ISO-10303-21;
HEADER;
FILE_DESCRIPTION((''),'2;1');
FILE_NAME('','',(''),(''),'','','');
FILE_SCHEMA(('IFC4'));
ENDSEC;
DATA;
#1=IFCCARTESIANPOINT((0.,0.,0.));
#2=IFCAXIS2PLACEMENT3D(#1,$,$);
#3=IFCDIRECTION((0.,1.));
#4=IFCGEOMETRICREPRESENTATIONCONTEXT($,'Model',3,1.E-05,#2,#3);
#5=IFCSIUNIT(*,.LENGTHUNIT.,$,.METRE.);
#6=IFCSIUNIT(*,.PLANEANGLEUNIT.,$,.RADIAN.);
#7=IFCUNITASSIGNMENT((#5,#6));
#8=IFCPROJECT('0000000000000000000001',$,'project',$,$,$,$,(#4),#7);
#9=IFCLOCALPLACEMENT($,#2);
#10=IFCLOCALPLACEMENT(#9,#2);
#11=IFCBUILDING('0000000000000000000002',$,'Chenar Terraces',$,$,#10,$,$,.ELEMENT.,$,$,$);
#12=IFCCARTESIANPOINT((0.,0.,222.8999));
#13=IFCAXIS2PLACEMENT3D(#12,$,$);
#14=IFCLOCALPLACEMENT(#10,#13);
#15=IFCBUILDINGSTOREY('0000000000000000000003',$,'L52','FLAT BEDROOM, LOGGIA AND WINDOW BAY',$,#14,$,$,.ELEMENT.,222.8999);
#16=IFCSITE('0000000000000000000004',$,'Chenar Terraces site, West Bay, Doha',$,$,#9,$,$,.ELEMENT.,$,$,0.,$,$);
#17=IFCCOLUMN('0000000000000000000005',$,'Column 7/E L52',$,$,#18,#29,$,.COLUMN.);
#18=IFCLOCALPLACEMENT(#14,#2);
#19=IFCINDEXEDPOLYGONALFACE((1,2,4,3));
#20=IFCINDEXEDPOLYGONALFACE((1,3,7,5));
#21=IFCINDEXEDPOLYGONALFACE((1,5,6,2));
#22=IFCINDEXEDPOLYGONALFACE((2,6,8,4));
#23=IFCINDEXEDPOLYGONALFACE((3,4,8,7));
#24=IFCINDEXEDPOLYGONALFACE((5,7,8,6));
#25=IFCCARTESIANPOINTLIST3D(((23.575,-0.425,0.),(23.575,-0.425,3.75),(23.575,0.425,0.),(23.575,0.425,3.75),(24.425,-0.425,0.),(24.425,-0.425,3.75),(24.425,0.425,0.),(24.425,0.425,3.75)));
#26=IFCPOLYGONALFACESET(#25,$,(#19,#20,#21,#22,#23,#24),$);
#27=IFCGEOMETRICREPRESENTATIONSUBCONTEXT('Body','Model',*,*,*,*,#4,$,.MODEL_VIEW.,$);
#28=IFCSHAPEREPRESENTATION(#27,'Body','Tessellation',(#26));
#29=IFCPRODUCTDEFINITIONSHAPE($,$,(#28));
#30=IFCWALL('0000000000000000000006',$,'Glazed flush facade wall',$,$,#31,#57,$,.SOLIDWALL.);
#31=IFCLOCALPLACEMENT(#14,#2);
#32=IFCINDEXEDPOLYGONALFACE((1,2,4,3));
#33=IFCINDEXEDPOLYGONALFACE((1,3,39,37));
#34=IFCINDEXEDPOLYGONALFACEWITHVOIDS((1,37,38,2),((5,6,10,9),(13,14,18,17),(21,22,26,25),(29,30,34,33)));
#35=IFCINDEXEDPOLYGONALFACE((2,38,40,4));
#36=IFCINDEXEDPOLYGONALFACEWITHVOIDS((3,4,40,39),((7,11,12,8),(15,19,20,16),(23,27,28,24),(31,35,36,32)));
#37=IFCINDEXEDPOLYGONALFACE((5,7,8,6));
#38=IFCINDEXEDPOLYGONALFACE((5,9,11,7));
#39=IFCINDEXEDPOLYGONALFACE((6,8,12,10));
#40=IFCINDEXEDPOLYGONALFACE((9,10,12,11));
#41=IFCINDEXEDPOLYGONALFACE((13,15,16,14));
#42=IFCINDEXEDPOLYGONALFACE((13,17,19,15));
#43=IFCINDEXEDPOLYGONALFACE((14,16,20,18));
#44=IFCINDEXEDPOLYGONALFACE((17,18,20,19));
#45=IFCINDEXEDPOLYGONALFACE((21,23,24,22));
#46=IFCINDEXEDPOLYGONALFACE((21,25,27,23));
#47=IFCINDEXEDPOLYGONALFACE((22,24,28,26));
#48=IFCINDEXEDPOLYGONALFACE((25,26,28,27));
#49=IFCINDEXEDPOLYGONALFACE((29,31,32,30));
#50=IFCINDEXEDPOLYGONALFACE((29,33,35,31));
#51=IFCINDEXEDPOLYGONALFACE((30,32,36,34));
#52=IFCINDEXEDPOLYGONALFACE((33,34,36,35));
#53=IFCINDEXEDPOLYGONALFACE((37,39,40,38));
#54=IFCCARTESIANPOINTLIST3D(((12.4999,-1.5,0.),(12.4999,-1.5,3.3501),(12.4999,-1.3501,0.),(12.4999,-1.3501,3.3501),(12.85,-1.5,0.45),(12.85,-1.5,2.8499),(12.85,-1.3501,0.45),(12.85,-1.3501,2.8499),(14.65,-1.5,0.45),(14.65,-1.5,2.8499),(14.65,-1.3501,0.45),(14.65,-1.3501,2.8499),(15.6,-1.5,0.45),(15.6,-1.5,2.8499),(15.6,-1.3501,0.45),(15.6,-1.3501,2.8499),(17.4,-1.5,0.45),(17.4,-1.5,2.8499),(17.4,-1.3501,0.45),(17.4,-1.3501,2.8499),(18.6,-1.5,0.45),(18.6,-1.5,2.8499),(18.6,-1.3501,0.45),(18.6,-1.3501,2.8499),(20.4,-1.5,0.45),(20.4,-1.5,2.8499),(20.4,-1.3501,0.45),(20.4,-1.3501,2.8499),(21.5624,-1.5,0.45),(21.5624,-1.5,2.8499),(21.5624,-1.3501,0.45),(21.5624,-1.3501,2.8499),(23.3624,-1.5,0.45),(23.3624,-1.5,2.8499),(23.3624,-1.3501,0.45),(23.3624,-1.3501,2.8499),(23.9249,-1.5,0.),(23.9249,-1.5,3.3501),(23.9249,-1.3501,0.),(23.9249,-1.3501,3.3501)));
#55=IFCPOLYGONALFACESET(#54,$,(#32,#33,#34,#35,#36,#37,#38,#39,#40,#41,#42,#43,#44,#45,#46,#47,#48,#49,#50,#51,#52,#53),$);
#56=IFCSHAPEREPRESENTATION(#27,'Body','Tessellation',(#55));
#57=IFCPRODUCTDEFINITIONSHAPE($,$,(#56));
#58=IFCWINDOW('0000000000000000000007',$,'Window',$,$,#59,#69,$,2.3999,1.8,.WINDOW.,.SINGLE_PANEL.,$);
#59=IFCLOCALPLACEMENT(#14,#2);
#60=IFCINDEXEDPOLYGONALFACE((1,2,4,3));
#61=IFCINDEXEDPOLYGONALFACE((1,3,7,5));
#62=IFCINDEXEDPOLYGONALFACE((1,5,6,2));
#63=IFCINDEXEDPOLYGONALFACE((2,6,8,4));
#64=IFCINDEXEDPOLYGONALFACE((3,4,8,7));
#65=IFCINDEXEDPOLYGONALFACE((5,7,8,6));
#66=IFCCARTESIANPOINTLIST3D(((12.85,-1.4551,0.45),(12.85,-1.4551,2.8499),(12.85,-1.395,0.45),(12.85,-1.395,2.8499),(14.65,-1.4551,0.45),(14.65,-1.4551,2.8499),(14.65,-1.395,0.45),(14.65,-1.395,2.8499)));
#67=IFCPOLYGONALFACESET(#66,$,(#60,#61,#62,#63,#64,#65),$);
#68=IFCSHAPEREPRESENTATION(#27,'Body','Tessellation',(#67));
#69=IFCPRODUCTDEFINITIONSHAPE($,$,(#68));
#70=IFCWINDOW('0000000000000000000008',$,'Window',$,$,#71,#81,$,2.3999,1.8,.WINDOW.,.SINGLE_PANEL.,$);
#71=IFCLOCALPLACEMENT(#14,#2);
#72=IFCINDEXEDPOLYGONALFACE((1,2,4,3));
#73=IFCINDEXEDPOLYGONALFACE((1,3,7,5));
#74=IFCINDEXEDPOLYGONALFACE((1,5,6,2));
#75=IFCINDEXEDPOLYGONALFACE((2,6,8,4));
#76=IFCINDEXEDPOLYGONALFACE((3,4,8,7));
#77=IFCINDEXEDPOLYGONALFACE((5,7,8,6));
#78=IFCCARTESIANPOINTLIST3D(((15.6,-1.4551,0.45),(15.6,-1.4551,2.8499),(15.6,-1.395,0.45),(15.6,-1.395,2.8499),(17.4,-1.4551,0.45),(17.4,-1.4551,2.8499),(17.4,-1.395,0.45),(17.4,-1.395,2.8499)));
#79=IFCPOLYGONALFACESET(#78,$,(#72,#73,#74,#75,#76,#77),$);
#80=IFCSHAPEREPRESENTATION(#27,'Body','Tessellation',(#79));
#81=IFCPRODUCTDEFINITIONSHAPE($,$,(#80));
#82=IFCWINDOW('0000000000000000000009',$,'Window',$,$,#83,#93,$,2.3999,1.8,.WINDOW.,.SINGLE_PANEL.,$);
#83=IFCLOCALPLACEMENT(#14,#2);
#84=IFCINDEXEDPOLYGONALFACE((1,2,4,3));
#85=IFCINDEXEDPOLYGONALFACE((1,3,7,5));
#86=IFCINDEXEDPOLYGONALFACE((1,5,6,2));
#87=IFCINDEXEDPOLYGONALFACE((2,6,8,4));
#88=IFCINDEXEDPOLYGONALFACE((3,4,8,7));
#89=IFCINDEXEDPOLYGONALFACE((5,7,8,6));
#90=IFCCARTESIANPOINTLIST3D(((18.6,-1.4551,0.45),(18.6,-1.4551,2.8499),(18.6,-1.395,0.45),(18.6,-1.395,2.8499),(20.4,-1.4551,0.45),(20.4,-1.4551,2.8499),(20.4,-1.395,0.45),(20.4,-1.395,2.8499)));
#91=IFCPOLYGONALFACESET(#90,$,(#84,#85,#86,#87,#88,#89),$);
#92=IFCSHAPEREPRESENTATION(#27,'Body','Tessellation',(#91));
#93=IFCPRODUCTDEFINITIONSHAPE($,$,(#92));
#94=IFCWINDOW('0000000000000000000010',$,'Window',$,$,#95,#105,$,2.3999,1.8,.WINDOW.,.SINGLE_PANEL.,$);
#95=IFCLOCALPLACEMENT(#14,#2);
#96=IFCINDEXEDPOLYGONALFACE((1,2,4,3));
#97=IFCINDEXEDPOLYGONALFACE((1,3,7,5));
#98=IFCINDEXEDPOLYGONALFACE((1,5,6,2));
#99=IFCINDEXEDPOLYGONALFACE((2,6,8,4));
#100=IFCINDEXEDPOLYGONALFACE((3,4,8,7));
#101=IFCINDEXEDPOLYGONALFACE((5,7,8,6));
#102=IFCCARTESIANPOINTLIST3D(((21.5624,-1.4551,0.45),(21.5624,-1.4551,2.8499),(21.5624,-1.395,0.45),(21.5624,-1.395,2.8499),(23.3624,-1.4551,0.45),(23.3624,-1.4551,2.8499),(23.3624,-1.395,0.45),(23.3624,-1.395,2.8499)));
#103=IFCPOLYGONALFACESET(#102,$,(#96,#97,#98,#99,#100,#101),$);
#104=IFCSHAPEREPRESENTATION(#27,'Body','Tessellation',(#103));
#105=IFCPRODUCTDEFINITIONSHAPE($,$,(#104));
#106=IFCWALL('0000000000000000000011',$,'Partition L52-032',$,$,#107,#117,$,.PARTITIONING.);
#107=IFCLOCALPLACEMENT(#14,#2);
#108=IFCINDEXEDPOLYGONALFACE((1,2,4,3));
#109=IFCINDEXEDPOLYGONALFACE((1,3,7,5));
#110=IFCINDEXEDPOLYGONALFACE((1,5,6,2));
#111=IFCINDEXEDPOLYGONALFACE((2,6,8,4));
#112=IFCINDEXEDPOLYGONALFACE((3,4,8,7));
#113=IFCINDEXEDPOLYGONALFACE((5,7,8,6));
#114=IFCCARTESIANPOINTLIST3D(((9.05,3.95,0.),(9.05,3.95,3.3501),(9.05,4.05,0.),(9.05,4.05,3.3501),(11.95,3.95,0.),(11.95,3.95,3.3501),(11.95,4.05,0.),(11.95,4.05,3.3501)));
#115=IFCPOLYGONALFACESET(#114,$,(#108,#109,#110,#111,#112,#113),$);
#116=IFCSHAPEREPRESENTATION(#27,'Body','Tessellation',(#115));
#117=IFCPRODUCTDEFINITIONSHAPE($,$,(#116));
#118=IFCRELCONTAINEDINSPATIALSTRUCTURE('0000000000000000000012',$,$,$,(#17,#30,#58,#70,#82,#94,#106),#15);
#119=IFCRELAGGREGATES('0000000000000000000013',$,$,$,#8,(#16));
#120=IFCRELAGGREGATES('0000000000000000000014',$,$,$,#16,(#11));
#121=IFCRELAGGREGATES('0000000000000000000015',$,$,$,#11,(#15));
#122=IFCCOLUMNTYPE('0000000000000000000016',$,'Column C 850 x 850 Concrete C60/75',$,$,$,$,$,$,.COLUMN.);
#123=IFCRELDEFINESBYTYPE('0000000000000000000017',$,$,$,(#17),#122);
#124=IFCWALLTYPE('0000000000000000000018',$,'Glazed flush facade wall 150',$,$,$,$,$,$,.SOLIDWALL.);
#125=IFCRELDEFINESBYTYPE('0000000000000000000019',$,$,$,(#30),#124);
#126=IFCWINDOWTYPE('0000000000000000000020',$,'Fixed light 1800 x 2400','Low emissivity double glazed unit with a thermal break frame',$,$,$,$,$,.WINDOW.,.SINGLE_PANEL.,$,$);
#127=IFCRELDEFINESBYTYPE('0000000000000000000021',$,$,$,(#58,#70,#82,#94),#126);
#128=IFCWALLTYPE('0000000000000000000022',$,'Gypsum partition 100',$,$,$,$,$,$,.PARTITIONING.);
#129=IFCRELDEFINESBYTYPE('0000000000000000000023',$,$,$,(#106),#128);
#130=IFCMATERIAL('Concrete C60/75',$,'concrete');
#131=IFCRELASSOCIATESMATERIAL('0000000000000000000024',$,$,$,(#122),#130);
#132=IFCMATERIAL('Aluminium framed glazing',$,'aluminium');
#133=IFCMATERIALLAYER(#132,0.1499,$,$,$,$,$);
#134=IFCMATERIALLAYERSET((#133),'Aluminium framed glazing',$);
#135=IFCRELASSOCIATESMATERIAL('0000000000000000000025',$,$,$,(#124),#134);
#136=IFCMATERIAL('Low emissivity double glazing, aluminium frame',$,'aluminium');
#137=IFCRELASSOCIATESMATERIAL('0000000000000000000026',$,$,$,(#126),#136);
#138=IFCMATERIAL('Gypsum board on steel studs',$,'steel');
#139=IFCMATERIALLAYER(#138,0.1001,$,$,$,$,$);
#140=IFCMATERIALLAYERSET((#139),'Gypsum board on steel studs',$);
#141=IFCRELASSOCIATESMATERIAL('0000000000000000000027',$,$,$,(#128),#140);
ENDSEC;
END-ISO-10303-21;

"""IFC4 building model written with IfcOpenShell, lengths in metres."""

from ifc_helpers import new_model, si_unit, direction, frame, frame_2d, origin, origin_2d, place, context, subcontext, project, spatial, rectangle, extrude, material, layer, layer_set, material_profile, profile_set, type_object, element, fill, save


model = new_model("IFC4")

# Units and contexts
model_context = context("Model", 3, precision=1e-05, world=origin(), true_north=direction((0.0, 1.0)))
body_context = subcontext(model_context, "Body", "Model", "MODEL_VIEW")
ifc_project = project(units=[si_unit("LENGTHUNIT", "METRE"), si_unit("PLANEANGLEUNIT", "RADIAN")], contexts=[model_context])

# Site, building, storey
site_placement = place(None, origin())
site = spatial("IfcSite", under=ifc_project, at=site_placement, Name="Chenar Terraces site, West Bay, Doha", CompositionType="ELEMENT", RefElevation=0.0)
building_placement = place(site_placement, origin())
building = spatial("IfcBuilding", under=site, at=building_placement, Name="Chenar Terraces", CompositionType="ELEMENT")
storey_placement = place(building_placement, frame((0.0, 0.0, 222.8999)))
storey = spatial("IfcBuildingStorey", under=building, at=storey_placement, Name="L52", Description="FLAT BEDROOM, LOGGIA AND WINDOW BAY", CompositionType="ELEMENT", Elevation=222.8999)

# Column
ifc_material_1 = material(Name="Concrete C60/75", Category="concrete")
ifc_material_profile = material_profile(ifc_material_1, rectangle(XDim=0.8501, YDim=0.8501, at=origin_2d()), Name="C 850 x 850")
ifc_profile_set = profile_set([ifc_material_profile], Name="Concrete C60/75")
column_type = type_object("IfcColumnType", Name="Column C 850 x 850 Concrete C60/75", PredefinedType="COLUMN", material=ifc_profile_set)
column_placement = place(storey_placement, frame((24.0, 0.0, 0.0), z_axis=(0.0, 0.0, 1.0), x_axis=(1.0, 0.0, 0.0)))
element("IfcColumn", 1, at=column_placement, inside=storey, type_object=column_type, Name="Column 7/E L52", PredefinedType="COLUMN", context=body_context, shape_type="SweptSolid", body=[
    extrude(rectangle(XDim=0.8501, YDim=0.8501, at=origin_2d()), origin(), (0.0, 0.0, 1.0), 3.75),
])

# Wall, openings, windows
ifc_material_2 = material(Name="Aluminium framed glazing", Category="aluminium")
ifc_layer_1 = layer(ifc_material_2, 0.1499)
ifc_layer_set_1 = layer_set([ifc_layer_1], Name="Aluminium framed glazing")
wall_type_1 = type_object("IfcWallType", Name="Glazed flush facade wall 150", PredefinedType="SOLIDWALL", material=ifc_layer_set_1)
wall_1_placement = place(storey_placement, frame((12.5, -1.425, 0.0), z_axis=(0.0, 0.0, 1.0), x_axis=(1.0, 0.0, 0.0)))
wall_1 = element("IfcWall", 2, at=wall_1_placement, inside=storey, type_object=wall_type_1, Name="Glazed flush facade wall", PredefinedType="SOLIDWALL", context=body_context, shape_type="SweptSolid", body=[
    extrude(rectangle(XDim=11.425, YDim=0.1499, at=frame_2d((5.7124, 0.0))), origin(), (0.0, 0.0, 1.0), 3.3501),
])
opening_1_placement = place(wall_1_placement, frame((0.3501, 0.0, 0.45)))
opening_1 = element("IfcOpeningElement", 3, at=opening_1_placement, cuts=wall_1, PredefinedType="OPENING", context=body_context, shape_type="SweptSolid", body=[
    extrude(rectangle(XDim=1.8, YDim=2.3999, at=frame_2d((0.8999, 1.2))), frame((0.0, 0.085, 0.0), z_axis=(0.0, -1.0, 0.0), x_axis=(1.0, 0.0, 0.0)), (0.0, 0.0, 1.0), 0.1699),
])
opening_2_placement = place(wall_1_placement, frame((3.1001, 0.0, 0.45)))
opening_2 = element("IfcOpeningElement", 4, at=opening_2_placement, cuts=wall_1, PredefinedType="OPENING", context=body_context, shape_type="SweptSolid", body=[
    extrude(rectangle(XDim=1.8, YDim=2.3999, at=frame_2d((0.8999, 1.2))), frame((0.0, 0.085, 0.0), z_axis=(0.0, -1.0, 0.0), x_axis=(1.0, 0.0, 0.0)), (0.0, 0.0, 1.0), 0.1699),
])
opening_3_placement = place(wall_1_placement, frame((6.1001, 0.0, 0.45)))
opening_3 = element("IfcOpeningElement", 5, at=opening_3_placement, cuts=wall_1, PredefinedType="OPENING", context=body_context, shape_type="SweptSolid", body=[
    extrude(rectangle(XDim=1.8, YDim=2.3999, at=frame_2d((0.8999, 1.2))), frame((0.0, 0.085, 0.0), z_axis=(0.0, -1.0, 0.0), x_axis=(1.0, 0.0, 0.0)), (0.0, 0.0, 1.0), 0.1699),
])
opening_4_placement = place(wall_1_placement, frame((9.0625, 0.0, 0.45)))
opening_4 = element("IfcOpeningElement", 6, at=opening_4_placement, cuts=wall_1, PredefinedType="OPENING", context=body_context, shape_type="SweptSolid", body=[
    extrude(rectangle(XDim=1.8, YDim=2.3999, at=frame_2d((0.8999, 1.2))), frame((0.0, 0.085, 0.0), z_axis=(0.0, -1.0, 0.0), x_axis=(1.0, 0.0, 0.0)), (0.0, 0.0, 1.0), 0.1699),
])
ifc_material_3 = material(Name="Low emissivity double glazing, aluminium frame", Category="aluminium")
window_type = type_object("IfcWindowType", Name="Fixed light 1800 x 2400", Description="Low emissivity double glazed unit with a thermal break frame", PartitioningType="SINGLE_PANEL", PredefinedType="WINDOW", material=ifc_material_3)
window_1_placement = place(opening_1_placement, origin())
window_1 = element("IfcWindow", 7, at=window_1_placement, inside=storey, type_object=window_type, Name="Window", OverallHeight=2.3999, OverallWidth=1.8, PartitioningType="SINGLE_PANEL", PredefinedType="WINDOW", context=body_context, shape_type="SweptSolid", body=[
    extrude(rectangle(XDim=1.8, YDim=2.3999, at=frame_2d((0.8999, 1.2))), frame((0.0, 0.03, 0.0), z_axis=(0.0, -1.0, 0.0), x_axis=(1.0, 0.0, 0.0)), (0.0, 0.0, 1.0), 0.0601),
])
fill(opening_1, window_1)
window_2_placement = place(opening_2_placement, origin())
window_2 = element("IfcWindow", 8, at=window_2_placement, inside=storey, type_object=window_type, Name="Window", OverallHeight=2.3999, OverallWidth=1.8, PartitioningType="SINGLE_PANEL", PredefinedType="WINDOW", context=body_context, shape_type="SweptSolid", body=[
    extrude(rectangle(XDim=1.8, YDim=2.3999, at=frame_2d((0.8999, 1.2))), frame((0.0, 0.03, 0.0), z_axis=(0.0, -1.0, 0.0), x_axis=(1.0, 0.0, 0.0)), (0.0, 0.0, 1.0), 0.0601),
])
fill(opening_2, window_2)
window_3_placement = place(opening_3_placement, origin())
window_3 = element("IfcWindow", 9, at=window_3_placement, inside=storey, type_object=window_type, Name="Window", OverallHeight=2.3999, OverallWidth=1.8, PartitioningType="SINGLE_PANEL", PredefinedType="WINDOW", context=body_context, shape_type="SweptSolid", body=[
    extrude(rectangle(XDim=1.8, YDim=2.3999, at=frame_2d((0.8999, 1.2))), frame((0.0, 0.03, 0.0), z_axis=(0.0, -1.0, 0.0), x_axis=(1.0, 0.0, 0.0)), (0.0, 0.0, 1.0), 0.0601),
])
fill(opening_3, window_3)
window_4_placement = place(opening_4_placement, origin())
window_4 = element("IfcWindow", 10, at=window_4_placement, inside=storey, type_object=window_type, Name="Window", OverallHeight=2.3999, OverallWidth=1.8, PartitioningType="SINGLE_PANEL", PredefinedType="WINDOW", context=body_context, shape_type="SweptSolid", body=[
    extrude(rectangle(XDim=1.8, YDim=2.3999, at=frame_2d((0.8999, 1.2))), frame((0.0, 0.03, 0.0), z_axis=(0.0, -1.0, 0.0), x_axis=(1.0, 0.0, 0.0)), (0.0, 0.0, 1.0), 0.0601),
])
fill(opening_4, window_4)

# Wall
ifc_material_4 = material(Name="Gypsum board on steel studs", Category="steel")
ifc_layer_2 = layer(ifc_material_4, 0.1001)
ifc_layer_set_2 = layer_set([ifc_layer_2], Name="Gypsum board on steel studs")
wall_type_2 = type_object("IfcWallType", Name="Gypsum partition 100", PredefinedType="PARTITIONING", material=ifc_layer_set_2)
wall_2_placement = place(storey_placement, frame((9.05, 4.0, 0.0), z_axis=(0.0, 0.0, 1.0), x_axis=(1.0, 0.0, 0.0)))
element("IfcWall", 11, at=wall_2_placement, inside=storey, type_object=wall_type_2, Name="Partition L52-032", PredefinedType="PARTITIONING", context=body_context, shape_type="SweptSolid", body=[
    extrude(rectangle(XDim=2.8999, YDim=0.1001, at=frame_2d((1.45, 0.0))), origin(), (0.0, 0.0, 1.0), 3.3501),
])

save(model, "model.ifc")
